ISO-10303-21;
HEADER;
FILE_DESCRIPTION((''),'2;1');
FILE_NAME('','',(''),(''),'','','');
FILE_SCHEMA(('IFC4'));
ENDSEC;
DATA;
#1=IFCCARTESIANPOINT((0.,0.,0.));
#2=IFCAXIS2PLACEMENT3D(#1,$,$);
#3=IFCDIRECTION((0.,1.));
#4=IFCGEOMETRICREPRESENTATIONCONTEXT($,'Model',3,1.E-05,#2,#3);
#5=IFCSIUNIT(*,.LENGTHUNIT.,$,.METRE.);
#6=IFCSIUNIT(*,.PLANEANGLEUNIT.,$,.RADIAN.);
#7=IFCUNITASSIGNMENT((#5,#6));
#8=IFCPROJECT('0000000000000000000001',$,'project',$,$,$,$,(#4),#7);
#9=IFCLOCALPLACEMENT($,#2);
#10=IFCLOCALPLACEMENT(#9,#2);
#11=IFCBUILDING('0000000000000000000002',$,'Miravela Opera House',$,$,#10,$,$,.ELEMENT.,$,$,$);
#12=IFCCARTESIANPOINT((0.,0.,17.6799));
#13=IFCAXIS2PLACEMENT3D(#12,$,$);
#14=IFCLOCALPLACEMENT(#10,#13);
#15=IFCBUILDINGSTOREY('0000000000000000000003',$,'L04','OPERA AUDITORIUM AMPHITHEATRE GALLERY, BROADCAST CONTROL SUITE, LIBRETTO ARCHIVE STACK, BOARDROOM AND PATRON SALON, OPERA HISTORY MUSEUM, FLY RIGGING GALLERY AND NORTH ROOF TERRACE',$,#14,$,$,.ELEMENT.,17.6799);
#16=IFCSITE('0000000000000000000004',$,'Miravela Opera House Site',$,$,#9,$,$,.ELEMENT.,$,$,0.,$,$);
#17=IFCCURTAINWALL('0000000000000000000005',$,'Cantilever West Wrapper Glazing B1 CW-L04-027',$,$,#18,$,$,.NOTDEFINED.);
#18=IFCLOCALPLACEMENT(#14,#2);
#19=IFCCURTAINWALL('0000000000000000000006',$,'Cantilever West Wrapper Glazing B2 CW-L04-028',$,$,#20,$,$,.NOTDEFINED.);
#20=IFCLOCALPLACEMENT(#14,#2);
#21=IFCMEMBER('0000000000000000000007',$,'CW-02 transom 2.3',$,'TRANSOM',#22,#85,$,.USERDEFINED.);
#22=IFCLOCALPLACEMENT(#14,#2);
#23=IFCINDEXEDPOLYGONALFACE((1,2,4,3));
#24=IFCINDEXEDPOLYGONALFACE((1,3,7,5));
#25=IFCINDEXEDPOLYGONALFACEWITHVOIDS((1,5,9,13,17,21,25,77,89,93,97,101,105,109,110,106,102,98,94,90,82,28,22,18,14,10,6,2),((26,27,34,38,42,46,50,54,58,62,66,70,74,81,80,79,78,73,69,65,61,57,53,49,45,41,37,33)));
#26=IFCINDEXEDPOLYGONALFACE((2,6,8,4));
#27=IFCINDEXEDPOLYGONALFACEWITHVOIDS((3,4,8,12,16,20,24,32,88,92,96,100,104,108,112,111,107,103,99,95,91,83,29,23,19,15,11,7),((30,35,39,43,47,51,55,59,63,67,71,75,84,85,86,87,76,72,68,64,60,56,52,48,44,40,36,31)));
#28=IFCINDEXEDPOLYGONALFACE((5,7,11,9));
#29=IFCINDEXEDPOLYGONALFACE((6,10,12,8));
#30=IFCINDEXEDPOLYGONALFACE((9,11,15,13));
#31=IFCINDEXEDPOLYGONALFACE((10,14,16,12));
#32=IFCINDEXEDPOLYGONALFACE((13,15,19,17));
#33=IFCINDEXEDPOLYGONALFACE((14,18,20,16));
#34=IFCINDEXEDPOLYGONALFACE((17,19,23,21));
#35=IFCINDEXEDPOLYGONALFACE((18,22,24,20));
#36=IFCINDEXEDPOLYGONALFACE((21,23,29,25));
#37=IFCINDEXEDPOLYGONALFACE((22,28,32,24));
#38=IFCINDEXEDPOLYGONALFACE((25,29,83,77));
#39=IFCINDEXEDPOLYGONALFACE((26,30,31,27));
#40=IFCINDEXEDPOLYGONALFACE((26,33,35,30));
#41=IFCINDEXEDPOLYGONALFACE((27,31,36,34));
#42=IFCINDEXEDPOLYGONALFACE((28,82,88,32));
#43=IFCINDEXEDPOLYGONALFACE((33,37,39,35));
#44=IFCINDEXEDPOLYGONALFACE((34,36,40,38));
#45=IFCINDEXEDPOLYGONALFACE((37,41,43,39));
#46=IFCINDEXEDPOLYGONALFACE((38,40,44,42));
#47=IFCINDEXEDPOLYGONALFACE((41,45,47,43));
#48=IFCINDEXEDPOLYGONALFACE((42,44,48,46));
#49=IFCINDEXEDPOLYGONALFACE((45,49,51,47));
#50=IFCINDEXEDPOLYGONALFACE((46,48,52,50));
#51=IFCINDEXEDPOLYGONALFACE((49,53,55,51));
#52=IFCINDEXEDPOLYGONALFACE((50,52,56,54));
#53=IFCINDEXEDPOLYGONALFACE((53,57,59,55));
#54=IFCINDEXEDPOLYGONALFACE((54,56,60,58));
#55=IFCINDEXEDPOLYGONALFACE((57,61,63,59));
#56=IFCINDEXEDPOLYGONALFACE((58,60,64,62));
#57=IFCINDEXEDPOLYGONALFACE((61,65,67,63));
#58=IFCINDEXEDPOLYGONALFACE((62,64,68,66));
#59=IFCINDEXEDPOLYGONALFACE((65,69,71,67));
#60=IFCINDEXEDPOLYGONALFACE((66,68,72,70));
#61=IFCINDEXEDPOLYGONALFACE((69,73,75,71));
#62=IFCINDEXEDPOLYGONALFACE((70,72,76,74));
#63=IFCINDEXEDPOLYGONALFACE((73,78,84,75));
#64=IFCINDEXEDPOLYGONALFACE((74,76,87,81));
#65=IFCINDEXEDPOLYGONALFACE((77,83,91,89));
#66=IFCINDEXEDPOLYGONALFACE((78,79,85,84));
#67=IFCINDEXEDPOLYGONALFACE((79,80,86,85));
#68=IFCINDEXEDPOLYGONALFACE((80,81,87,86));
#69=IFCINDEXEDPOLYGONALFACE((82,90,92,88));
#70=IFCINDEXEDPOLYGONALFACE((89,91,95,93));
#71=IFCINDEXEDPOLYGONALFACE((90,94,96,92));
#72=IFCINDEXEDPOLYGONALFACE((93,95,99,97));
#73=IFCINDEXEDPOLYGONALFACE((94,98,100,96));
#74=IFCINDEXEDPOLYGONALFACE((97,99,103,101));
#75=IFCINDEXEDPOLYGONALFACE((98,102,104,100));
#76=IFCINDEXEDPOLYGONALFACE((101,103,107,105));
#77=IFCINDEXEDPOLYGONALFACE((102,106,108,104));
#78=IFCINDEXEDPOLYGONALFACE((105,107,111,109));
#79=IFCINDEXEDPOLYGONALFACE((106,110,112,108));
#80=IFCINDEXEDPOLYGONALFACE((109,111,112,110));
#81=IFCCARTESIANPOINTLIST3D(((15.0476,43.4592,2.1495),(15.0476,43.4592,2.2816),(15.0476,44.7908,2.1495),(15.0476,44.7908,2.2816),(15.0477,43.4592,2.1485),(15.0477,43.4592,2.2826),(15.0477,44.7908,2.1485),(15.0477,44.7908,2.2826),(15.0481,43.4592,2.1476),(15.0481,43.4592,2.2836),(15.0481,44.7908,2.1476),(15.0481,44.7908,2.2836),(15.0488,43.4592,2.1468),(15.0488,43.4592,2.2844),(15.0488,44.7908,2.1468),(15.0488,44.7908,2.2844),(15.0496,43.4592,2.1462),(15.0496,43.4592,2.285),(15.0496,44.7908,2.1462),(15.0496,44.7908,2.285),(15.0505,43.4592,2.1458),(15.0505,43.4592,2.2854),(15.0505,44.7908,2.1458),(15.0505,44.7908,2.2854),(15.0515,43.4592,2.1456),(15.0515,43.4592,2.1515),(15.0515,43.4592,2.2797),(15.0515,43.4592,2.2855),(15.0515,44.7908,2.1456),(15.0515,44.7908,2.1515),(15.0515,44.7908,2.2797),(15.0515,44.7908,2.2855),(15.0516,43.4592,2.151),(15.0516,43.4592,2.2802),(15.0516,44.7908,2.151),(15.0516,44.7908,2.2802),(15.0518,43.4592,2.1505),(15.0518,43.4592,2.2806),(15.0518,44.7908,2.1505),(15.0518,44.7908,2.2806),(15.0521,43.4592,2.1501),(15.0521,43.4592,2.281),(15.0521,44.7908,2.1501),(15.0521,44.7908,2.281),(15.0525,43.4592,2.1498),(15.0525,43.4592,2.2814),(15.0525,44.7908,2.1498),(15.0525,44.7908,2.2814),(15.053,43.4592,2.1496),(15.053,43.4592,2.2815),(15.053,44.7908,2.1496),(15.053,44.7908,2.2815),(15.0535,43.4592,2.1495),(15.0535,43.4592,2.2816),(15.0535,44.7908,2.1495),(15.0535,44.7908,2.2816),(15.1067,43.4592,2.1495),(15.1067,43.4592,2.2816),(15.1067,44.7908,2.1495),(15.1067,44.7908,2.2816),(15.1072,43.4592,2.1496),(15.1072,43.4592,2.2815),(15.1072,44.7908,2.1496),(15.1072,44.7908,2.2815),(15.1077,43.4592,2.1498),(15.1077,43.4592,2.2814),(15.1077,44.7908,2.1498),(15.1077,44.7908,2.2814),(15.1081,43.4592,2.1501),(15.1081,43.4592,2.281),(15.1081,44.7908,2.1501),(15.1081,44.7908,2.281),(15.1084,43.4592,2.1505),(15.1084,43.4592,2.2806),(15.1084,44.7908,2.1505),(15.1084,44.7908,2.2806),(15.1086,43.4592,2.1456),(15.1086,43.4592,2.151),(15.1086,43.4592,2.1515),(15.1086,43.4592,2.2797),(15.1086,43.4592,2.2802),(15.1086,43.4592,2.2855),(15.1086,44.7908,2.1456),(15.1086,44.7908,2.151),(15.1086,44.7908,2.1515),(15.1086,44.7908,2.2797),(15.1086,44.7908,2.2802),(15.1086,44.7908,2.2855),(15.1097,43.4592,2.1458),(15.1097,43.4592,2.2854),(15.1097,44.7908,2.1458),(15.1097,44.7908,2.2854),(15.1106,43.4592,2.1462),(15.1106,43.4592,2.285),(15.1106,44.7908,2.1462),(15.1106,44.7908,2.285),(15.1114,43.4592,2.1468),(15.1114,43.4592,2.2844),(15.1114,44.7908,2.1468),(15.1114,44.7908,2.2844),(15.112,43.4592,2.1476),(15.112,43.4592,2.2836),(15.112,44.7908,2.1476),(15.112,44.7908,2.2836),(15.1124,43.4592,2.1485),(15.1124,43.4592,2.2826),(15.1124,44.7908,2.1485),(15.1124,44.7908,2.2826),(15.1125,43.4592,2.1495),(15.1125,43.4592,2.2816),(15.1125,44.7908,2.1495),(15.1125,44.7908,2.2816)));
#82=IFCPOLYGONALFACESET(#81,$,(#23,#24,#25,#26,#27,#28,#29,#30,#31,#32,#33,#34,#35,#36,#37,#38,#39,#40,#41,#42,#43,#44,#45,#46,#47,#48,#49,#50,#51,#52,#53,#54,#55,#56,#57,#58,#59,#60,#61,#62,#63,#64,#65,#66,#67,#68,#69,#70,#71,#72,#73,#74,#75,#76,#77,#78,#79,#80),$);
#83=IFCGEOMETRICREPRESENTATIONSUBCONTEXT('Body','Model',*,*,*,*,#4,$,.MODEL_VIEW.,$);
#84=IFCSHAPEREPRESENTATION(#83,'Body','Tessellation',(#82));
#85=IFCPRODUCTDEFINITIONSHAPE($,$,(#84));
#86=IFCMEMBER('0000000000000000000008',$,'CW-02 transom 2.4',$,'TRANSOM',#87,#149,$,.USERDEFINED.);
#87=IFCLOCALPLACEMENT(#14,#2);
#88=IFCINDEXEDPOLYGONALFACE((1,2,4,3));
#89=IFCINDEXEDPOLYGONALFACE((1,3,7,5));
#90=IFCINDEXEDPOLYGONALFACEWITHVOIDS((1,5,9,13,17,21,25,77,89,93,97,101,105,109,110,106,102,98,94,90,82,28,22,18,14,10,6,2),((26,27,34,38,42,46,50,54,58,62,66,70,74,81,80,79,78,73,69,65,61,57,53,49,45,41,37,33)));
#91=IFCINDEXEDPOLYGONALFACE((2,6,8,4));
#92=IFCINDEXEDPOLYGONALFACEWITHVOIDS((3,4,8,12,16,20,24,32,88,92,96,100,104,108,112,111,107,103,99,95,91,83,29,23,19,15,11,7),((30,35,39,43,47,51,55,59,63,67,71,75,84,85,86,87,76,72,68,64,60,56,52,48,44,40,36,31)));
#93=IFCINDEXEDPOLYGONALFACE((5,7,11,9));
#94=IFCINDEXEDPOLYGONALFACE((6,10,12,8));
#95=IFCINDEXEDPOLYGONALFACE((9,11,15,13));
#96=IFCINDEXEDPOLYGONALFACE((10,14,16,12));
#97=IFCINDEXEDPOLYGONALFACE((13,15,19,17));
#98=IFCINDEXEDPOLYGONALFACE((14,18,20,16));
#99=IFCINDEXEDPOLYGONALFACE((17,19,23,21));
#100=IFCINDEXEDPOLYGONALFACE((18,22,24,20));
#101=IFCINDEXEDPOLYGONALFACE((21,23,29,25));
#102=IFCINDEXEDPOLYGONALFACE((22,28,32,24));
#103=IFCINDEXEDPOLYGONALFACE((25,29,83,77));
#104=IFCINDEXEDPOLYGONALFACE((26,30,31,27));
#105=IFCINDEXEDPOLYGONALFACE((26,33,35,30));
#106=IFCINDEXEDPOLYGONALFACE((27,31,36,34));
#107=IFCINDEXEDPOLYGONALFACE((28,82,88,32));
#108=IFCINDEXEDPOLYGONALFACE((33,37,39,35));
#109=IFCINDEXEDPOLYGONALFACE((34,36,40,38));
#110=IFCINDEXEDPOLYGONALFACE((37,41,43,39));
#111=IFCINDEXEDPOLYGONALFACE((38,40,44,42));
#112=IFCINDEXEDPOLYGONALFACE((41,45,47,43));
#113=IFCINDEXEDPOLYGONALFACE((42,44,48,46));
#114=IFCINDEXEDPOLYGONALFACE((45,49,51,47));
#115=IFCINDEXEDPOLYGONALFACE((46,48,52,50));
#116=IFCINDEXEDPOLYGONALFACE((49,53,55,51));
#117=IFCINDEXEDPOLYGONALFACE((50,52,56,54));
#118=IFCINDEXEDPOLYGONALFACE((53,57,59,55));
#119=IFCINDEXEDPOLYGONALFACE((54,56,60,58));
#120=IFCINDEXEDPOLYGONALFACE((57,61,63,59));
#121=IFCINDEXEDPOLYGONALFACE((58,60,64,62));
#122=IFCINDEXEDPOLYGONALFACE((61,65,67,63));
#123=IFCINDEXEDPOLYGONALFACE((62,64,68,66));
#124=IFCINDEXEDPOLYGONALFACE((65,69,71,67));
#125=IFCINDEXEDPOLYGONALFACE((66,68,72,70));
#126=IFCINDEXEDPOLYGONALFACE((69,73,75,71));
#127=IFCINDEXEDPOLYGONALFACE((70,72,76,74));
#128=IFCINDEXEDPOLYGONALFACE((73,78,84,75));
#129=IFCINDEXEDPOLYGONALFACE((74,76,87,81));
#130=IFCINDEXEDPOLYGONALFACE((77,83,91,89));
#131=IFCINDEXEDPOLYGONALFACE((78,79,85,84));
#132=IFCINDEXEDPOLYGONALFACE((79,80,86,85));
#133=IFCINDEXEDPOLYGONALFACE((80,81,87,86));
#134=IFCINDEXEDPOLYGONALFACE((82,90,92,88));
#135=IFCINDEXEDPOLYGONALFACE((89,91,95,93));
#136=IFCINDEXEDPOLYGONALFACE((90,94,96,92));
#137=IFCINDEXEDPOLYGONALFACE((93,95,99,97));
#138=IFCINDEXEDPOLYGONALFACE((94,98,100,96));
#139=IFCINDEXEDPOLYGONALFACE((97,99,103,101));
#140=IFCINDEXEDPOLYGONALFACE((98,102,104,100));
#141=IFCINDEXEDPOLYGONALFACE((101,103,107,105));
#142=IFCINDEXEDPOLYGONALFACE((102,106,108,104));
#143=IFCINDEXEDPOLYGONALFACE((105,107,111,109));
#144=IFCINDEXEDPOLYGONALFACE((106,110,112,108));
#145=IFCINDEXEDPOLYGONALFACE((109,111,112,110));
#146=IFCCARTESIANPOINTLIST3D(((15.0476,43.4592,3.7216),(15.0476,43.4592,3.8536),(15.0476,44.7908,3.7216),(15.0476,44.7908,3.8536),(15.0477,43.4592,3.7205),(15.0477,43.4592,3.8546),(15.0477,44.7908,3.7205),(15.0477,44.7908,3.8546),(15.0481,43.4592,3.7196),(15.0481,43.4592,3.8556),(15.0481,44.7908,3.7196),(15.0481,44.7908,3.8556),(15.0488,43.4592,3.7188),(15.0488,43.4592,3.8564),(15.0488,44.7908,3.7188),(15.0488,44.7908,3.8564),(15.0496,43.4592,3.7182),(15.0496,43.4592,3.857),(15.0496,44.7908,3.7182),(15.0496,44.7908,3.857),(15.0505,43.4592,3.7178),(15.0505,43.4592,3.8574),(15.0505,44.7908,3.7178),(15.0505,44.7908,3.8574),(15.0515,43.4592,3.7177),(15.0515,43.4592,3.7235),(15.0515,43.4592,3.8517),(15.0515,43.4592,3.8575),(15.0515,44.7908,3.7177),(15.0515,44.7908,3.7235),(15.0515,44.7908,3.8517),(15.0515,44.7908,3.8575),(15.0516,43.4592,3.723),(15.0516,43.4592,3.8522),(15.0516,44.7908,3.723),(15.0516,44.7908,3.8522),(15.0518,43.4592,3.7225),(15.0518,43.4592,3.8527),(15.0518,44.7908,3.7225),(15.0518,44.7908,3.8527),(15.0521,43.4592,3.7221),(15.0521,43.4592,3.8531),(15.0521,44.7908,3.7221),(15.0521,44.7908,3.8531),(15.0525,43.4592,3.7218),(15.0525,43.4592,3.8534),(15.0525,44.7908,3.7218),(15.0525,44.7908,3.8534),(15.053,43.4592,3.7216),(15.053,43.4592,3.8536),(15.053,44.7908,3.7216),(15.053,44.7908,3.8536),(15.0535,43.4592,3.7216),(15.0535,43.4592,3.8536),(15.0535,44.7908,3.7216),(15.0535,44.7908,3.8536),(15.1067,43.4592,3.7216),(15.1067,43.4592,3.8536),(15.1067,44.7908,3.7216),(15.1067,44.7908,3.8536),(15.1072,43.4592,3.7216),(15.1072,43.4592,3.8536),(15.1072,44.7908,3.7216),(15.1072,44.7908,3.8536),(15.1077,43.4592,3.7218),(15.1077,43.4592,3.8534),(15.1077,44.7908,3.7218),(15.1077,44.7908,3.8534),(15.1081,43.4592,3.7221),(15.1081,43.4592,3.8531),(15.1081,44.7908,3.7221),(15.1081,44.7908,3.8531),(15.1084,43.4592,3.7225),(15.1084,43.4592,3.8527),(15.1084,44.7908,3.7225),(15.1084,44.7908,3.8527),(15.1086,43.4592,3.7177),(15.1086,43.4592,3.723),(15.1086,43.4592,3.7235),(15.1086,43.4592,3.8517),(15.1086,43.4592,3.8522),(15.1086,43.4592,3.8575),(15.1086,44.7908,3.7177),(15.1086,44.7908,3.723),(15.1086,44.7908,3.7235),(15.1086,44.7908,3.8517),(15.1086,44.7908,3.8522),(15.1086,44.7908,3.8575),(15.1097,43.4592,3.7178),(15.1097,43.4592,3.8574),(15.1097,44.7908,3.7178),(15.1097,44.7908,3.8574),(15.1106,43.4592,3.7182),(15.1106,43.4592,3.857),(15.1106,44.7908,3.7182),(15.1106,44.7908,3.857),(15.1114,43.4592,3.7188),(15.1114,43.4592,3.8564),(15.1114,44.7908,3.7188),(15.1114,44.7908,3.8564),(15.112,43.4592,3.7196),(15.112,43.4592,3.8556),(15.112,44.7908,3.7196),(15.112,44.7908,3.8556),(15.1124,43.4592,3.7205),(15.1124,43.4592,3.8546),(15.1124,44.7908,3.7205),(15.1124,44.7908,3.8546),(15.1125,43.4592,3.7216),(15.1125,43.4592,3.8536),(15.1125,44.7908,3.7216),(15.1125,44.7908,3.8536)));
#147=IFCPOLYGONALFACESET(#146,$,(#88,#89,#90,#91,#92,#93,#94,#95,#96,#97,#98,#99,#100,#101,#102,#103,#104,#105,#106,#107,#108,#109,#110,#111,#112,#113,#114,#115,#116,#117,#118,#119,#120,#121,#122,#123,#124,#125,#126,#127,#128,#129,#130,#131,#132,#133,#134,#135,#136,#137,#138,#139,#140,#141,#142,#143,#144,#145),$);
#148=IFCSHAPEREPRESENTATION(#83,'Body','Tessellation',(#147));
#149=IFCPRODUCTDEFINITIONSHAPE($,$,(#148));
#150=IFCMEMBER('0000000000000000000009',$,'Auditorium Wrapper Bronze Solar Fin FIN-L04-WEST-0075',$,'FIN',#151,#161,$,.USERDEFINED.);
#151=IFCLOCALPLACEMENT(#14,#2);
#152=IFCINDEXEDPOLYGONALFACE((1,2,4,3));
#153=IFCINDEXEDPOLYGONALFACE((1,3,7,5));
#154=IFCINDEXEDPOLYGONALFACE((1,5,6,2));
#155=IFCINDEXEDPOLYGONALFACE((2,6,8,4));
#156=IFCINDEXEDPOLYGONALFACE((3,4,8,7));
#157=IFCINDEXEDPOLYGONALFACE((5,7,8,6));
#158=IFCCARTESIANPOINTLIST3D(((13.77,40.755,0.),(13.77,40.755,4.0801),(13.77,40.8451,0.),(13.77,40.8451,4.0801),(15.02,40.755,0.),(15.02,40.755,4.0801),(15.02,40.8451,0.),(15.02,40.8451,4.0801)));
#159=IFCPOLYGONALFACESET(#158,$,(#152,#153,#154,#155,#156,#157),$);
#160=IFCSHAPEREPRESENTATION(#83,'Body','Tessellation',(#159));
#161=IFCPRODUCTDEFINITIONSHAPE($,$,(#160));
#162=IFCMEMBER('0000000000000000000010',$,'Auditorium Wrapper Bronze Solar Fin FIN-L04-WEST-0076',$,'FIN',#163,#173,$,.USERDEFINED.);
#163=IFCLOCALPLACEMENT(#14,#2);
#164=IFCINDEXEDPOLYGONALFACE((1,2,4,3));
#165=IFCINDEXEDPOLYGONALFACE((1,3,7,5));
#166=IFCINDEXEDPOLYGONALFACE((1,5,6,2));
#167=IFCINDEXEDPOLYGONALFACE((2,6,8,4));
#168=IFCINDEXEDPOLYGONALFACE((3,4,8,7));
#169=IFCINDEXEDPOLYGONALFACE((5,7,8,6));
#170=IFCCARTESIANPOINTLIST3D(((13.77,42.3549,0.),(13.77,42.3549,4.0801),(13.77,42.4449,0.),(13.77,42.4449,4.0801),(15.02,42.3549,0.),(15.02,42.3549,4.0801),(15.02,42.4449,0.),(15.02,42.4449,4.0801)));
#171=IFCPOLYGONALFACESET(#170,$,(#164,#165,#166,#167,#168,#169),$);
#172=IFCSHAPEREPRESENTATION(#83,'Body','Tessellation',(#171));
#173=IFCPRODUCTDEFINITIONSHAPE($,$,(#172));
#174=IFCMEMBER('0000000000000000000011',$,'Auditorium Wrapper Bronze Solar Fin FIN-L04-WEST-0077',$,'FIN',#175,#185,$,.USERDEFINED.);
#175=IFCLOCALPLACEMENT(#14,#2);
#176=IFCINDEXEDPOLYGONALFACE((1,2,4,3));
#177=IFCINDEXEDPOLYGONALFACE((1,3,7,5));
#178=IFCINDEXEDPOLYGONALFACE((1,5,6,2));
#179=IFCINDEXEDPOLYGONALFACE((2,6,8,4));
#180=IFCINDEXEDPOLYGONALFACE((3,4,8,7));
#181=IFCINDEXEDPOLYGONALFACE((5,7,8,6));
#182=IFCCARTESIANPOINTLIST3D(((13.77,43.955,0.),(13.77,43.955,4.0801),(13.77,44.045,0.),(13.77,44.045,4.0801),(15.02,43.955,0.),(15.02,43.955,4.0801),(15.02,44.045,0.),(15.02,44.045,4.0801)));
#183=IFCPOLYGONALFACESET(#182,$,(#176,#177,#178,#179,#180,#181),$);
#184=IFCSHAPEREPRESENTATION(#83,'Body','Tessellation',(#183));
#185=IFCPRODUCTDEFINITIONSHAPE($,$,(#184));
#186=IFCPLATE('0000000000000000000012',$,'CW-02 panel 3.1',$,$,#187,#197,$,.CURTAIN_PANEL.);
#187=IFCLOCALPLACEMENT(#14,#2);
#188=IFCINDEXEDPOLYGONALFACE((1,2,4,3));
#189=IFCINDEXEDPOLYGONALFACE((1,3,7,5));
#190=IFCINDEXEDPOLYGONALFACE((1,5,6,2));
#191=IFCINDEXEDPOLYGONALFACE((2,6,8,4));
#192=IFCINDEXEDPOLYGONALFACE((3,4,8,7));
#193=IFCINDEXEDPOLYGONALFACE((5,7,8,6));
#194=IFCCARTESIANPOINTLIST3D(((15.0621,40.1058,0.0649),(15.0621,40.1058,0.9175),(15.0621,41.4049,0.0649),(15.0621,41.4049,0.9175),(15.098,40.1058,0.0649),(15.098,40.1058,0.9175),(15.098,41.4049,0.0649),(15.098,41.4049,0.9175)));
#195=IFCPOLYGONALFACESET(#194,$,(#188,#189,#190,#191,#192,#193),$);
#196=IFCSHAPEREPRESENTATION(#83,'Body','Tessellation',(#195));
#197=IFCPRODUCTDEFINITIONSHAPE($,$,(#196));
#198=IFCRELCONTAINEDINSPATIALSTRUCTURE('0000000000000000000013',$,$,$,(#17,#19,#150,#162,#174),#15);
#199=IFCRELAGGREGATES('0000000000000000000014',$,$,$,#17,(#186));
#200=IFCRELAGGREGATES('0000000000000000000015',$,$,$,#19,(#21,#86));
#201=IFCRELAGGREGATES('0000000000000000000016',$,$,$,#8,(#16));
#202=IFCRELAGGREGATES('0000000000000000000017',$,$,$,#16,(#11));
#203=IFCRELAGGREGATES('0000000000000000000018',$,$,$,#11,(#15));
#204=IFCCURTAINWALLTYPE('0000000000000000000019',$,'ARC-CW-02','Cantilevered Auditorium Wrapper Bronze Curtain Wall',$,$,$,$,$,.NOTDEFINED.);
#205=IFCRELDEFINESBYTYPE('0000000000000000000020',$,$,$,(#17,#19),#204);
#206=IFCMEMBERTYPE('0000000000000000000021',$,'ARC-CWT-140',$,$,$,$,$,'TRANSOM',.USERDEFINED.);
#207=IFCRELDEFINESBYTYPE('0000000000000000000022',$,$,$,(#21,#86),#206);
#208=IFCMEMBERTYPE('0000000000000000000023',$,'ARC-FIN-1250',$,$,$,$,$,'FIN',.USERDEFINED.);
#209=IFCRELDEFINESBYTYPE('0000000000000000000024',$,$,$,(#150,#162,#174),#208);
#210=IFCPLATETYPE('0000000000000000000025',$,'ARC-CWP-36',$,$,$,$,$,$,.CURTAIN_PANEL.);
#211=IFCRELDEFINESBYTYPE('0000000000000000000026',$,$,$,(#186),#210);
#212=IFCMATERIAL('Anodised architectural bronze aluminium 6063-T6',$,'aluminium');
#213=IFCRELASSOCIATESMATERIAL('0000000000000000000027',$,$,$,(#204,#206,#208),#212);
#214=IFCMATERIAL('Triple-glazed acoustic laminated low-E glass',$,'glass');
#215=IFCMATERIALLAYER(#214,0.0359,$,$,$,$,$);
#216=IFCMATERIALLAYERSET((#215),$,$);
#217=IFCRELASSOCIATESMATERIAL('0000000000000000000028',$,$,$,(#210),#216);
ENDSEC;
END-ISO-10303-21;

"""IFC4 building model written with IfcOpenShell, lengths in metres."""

from ifc_helpers import new_model, si_unit, direction, frame, origin, origin_2d, place, context, subcontext, project, spatial, rectangle, hollow_rectangle, extrude, material, layer, layer_set, material_profile, profile_set, type_object, element, aggregate, save


model = new_model("IFC4")

# Units and contexts
model_context = context("Model", 3, precision=1e-05, world=origin(), true_north=direction((0.0, 1.0)))
body_context = subcontext(model_context, "Body", "Model", "MODEL_VIEW")
ifc_project = project(units=[si_unit("LENGTHUNIT", "METRE"), si_unit("PLANEANGLEUNIT", "RADIAN")], contexts=[model_context])

# Site, building, storey
site_placement = place(None, origin())
site = spatial("IfcSite", under=ifc_project, at=site_placement, Name="Miravela Opera House Site", CompositionType="ELEMENT", RefElevation=0.0)
building_placement = place(site_placement, origin())
building = spatial("IfcBuilding", under=site, at=building_placement, Name="Miravela Opera House", CompositionType="ELEMENT")
storey_placement = place(building_placement, frame((0.0, 0.0, 17.6799)))
storey = spatial("IfcBuildingStorey", under=building, at=storey_placement, Name="L04", Description="OPERA AUDITORIUM AMPHITHEATRE GALLERY, BROADCAST CONTROL SUITE, LIBRETTO ARCHIVE STACK, BOARDROOM AND PATRON SALON, OPERA HISTORY MUSEUM, FLY RIGGING GALLERY AND NORTH ROOF TERRACE", CompositionType="ELEMENT", Elevation=17.6799)

# Curtain wall
ifc_material_1 = material(Name="Anodised architectural bronze aluminium 6063-T6", Category="aluminium")
curtain_wall_type = type_object("IfcCurtainWallType", Name="ARC-CW-02", Description="Cantilevered Auditorium Wrapper Bronze Curtain Wall", PredefinedType="NOTDEFINED", material=ifc_material_1)
curtain_wall_1_placement = place(storey_placement, origin())
curtain_wall_1 = element("IfcCurtainWall", 1, at=curtain_wall_1_placement, inside=storey, type_object=curtain_wall_type, Name="Cantilever West Wrapper Glazing B1 CW-L04-027", PredefinedType="NOTDEFINED")

# Curtain wall
curtain_wall_2_placement = place(storey_placement, origin())
curtain_wall_2 = element("IfcCurtainWall", 2, at=curtain_wall_2_placement, inside=storey, type_object=curtain_wall_type, Name="Cantilever West Wrapper Glazing B2 CW-L04-028", PredefinedType="NOTDEFINED")

# Members
ifc_material_profile_1 = material_profile(ifc_material_1, hollow_rectangle(XDim=0.0649, YDim=0.1399, WallThickness=0.0039, InnerFilletRadius=0.002, OuterFilletRadius=0.0039, at=origin_2d()), Name="CWT-65X140")
ifc_profile_set_1 = profile_set([ifc_material_profile_1])
member_type_1 = type_object("IfcMemberType", Name="ARC-CWT-140", ElementType="TRANSOM", PredefinedType="USERDEFINED", material=ifc_profile_set_1)
member_1_placement = place(storey_placement, frame((15.0801, 43.4592, 2.2156), z_axis=(0.0, 1.0, 0.0), x_axis=(-1.0, 0.0, 0.0)))
member_1 = element("IfcMember", 3, at=member_1_placement, type_object=member_type_1, Name="CW-02 transom 2.3", ObjectType="TRANSOM", PredefinedType="USERDEFINED", context=body_context, shape_type="SweptSolid", body=[
    extrude(hollow_rectangle(XDim=0.0649, YDim=0.1399, WallThickness=0.0039, InnerFilletRadius=0.002, OuterFilletRadius=0.0039, at=origin_2d()), origin(), (0.0, 0.0, 1.0), 1.3315),
])
member_2_placement = place(storey_placement, frame((15.0801, 43.4592, 3.7876), z_axis=(0.0, 1.0, 0.0), x_axis=(-1.0, 0.0, 0.0)))
member_2 = element("IfcMember", 4, at=member_2_placement, type_object=member_type_1, Name="CW-02 transom 2.4", ObjectType="TRANSOM", PredefinedType="USERDEFINED", context=body_context, shape_type="SweptSolid", body=[
    extrude(hollow_rectangle(XDim=0.0649, YDim=0.1399, WallThickness=0.0039, InnerFilletRadius=0.002, OuterFilletRadius=0.0039, at=origin_2d()), origin(), (0.0, 0.0, 1.0), 1.3315),
])

# Members
ifc_material_profile_2 = material_profile(ifc_material_1, rectangle(XDim=0.0901, YDim=1.25, at=origin_2d()), Name="FIN-1250X90")
ifc_profile_set_2 = profile_set([ifc_material_profile_2])
member_type_2 = type_object("IfcMemberType", Name="ARC-FIN-1250", ElementType="FIN", PredefinedType="USERDEFINED", material=ifc_profile_set_2)
for number, where, z_axis, x_axis, name in (
    (5, (14.395, 40.8, 0.0), (0.0, 0.0, 1.0), (0.0, 1.0, 0.0), "Auditorium Wrapper Bronze Solar Fin FIN-L04-WEST-0075"),
    (6, (14.395, 42.3999, 0.0), (0.0, 0.0, 1.0), (0.0, 1.0, 0.0), "Auditorium Wrapper Bronze Solar Fin FIN-L04-WEST-0076"),
    (7, (14.395, 44.0, 0.0), (0.0, 0.0, 1.0), (0.0, 1.0, 0.0), "Auditorium Wrapper Bronze Solar Fin FIN-L04-WEST-0077"),
):
    element("IfcMember", number, at=place(storey_placement, frame(where, z_axis=z_axis, x_axis=x_axis)), inside=storey, type_object=member_type_2, Name=name, ObjectType="FIN", PredefinedType="USERDEFINED", context=body_context, shape_type="SweptSolid", body=[
        extrude(rectangle(XDim=0.0901, YDim=1.25, at=origin_2d()), origin(), (0.0, 0.0, 1.0), 4.0801),
    ])

# Plate
ifc_material_2 = material(Name="Triple-glazed acoustic laminated low-E glass", Category="glass")
ifc_layer = layer(ifc_material_2, 0.0359)
ifc_layer_set = layer_set([ifc_layer])
plate_type = type_object("IfcPlateType", Name="ARC-CWP-36", PredefinedType="CURTAIN_PANEL", material=ifc_layer_set)
plate_1_placement = place(storey_placement, frame((15.0801, 40.7554, 0.0649), z_axis=(0.0, 0.0, 1.0), x_axis=(0.0, 1.0, 0.0)))
plate_1 = element("IfcPlate", 8, at=plate_1_placement, type_object=plate_type, Name="CW-02 panel 3.1", PredefinedType="CURTAIN_PANEL", context=body_context, shape_type="SweptSolid", body=[
    extrude(rectangle(XDim=1.2991, YDim=0.0359, at=origin_2d()), origin(), (0.0, 0.0, 1.0), 0.8525),
])
aggregate(curtain_wall_1, [plate_1])
aggregate(curtain_wall_2, [member_1, member_2])

save(model, "model.ifc")
